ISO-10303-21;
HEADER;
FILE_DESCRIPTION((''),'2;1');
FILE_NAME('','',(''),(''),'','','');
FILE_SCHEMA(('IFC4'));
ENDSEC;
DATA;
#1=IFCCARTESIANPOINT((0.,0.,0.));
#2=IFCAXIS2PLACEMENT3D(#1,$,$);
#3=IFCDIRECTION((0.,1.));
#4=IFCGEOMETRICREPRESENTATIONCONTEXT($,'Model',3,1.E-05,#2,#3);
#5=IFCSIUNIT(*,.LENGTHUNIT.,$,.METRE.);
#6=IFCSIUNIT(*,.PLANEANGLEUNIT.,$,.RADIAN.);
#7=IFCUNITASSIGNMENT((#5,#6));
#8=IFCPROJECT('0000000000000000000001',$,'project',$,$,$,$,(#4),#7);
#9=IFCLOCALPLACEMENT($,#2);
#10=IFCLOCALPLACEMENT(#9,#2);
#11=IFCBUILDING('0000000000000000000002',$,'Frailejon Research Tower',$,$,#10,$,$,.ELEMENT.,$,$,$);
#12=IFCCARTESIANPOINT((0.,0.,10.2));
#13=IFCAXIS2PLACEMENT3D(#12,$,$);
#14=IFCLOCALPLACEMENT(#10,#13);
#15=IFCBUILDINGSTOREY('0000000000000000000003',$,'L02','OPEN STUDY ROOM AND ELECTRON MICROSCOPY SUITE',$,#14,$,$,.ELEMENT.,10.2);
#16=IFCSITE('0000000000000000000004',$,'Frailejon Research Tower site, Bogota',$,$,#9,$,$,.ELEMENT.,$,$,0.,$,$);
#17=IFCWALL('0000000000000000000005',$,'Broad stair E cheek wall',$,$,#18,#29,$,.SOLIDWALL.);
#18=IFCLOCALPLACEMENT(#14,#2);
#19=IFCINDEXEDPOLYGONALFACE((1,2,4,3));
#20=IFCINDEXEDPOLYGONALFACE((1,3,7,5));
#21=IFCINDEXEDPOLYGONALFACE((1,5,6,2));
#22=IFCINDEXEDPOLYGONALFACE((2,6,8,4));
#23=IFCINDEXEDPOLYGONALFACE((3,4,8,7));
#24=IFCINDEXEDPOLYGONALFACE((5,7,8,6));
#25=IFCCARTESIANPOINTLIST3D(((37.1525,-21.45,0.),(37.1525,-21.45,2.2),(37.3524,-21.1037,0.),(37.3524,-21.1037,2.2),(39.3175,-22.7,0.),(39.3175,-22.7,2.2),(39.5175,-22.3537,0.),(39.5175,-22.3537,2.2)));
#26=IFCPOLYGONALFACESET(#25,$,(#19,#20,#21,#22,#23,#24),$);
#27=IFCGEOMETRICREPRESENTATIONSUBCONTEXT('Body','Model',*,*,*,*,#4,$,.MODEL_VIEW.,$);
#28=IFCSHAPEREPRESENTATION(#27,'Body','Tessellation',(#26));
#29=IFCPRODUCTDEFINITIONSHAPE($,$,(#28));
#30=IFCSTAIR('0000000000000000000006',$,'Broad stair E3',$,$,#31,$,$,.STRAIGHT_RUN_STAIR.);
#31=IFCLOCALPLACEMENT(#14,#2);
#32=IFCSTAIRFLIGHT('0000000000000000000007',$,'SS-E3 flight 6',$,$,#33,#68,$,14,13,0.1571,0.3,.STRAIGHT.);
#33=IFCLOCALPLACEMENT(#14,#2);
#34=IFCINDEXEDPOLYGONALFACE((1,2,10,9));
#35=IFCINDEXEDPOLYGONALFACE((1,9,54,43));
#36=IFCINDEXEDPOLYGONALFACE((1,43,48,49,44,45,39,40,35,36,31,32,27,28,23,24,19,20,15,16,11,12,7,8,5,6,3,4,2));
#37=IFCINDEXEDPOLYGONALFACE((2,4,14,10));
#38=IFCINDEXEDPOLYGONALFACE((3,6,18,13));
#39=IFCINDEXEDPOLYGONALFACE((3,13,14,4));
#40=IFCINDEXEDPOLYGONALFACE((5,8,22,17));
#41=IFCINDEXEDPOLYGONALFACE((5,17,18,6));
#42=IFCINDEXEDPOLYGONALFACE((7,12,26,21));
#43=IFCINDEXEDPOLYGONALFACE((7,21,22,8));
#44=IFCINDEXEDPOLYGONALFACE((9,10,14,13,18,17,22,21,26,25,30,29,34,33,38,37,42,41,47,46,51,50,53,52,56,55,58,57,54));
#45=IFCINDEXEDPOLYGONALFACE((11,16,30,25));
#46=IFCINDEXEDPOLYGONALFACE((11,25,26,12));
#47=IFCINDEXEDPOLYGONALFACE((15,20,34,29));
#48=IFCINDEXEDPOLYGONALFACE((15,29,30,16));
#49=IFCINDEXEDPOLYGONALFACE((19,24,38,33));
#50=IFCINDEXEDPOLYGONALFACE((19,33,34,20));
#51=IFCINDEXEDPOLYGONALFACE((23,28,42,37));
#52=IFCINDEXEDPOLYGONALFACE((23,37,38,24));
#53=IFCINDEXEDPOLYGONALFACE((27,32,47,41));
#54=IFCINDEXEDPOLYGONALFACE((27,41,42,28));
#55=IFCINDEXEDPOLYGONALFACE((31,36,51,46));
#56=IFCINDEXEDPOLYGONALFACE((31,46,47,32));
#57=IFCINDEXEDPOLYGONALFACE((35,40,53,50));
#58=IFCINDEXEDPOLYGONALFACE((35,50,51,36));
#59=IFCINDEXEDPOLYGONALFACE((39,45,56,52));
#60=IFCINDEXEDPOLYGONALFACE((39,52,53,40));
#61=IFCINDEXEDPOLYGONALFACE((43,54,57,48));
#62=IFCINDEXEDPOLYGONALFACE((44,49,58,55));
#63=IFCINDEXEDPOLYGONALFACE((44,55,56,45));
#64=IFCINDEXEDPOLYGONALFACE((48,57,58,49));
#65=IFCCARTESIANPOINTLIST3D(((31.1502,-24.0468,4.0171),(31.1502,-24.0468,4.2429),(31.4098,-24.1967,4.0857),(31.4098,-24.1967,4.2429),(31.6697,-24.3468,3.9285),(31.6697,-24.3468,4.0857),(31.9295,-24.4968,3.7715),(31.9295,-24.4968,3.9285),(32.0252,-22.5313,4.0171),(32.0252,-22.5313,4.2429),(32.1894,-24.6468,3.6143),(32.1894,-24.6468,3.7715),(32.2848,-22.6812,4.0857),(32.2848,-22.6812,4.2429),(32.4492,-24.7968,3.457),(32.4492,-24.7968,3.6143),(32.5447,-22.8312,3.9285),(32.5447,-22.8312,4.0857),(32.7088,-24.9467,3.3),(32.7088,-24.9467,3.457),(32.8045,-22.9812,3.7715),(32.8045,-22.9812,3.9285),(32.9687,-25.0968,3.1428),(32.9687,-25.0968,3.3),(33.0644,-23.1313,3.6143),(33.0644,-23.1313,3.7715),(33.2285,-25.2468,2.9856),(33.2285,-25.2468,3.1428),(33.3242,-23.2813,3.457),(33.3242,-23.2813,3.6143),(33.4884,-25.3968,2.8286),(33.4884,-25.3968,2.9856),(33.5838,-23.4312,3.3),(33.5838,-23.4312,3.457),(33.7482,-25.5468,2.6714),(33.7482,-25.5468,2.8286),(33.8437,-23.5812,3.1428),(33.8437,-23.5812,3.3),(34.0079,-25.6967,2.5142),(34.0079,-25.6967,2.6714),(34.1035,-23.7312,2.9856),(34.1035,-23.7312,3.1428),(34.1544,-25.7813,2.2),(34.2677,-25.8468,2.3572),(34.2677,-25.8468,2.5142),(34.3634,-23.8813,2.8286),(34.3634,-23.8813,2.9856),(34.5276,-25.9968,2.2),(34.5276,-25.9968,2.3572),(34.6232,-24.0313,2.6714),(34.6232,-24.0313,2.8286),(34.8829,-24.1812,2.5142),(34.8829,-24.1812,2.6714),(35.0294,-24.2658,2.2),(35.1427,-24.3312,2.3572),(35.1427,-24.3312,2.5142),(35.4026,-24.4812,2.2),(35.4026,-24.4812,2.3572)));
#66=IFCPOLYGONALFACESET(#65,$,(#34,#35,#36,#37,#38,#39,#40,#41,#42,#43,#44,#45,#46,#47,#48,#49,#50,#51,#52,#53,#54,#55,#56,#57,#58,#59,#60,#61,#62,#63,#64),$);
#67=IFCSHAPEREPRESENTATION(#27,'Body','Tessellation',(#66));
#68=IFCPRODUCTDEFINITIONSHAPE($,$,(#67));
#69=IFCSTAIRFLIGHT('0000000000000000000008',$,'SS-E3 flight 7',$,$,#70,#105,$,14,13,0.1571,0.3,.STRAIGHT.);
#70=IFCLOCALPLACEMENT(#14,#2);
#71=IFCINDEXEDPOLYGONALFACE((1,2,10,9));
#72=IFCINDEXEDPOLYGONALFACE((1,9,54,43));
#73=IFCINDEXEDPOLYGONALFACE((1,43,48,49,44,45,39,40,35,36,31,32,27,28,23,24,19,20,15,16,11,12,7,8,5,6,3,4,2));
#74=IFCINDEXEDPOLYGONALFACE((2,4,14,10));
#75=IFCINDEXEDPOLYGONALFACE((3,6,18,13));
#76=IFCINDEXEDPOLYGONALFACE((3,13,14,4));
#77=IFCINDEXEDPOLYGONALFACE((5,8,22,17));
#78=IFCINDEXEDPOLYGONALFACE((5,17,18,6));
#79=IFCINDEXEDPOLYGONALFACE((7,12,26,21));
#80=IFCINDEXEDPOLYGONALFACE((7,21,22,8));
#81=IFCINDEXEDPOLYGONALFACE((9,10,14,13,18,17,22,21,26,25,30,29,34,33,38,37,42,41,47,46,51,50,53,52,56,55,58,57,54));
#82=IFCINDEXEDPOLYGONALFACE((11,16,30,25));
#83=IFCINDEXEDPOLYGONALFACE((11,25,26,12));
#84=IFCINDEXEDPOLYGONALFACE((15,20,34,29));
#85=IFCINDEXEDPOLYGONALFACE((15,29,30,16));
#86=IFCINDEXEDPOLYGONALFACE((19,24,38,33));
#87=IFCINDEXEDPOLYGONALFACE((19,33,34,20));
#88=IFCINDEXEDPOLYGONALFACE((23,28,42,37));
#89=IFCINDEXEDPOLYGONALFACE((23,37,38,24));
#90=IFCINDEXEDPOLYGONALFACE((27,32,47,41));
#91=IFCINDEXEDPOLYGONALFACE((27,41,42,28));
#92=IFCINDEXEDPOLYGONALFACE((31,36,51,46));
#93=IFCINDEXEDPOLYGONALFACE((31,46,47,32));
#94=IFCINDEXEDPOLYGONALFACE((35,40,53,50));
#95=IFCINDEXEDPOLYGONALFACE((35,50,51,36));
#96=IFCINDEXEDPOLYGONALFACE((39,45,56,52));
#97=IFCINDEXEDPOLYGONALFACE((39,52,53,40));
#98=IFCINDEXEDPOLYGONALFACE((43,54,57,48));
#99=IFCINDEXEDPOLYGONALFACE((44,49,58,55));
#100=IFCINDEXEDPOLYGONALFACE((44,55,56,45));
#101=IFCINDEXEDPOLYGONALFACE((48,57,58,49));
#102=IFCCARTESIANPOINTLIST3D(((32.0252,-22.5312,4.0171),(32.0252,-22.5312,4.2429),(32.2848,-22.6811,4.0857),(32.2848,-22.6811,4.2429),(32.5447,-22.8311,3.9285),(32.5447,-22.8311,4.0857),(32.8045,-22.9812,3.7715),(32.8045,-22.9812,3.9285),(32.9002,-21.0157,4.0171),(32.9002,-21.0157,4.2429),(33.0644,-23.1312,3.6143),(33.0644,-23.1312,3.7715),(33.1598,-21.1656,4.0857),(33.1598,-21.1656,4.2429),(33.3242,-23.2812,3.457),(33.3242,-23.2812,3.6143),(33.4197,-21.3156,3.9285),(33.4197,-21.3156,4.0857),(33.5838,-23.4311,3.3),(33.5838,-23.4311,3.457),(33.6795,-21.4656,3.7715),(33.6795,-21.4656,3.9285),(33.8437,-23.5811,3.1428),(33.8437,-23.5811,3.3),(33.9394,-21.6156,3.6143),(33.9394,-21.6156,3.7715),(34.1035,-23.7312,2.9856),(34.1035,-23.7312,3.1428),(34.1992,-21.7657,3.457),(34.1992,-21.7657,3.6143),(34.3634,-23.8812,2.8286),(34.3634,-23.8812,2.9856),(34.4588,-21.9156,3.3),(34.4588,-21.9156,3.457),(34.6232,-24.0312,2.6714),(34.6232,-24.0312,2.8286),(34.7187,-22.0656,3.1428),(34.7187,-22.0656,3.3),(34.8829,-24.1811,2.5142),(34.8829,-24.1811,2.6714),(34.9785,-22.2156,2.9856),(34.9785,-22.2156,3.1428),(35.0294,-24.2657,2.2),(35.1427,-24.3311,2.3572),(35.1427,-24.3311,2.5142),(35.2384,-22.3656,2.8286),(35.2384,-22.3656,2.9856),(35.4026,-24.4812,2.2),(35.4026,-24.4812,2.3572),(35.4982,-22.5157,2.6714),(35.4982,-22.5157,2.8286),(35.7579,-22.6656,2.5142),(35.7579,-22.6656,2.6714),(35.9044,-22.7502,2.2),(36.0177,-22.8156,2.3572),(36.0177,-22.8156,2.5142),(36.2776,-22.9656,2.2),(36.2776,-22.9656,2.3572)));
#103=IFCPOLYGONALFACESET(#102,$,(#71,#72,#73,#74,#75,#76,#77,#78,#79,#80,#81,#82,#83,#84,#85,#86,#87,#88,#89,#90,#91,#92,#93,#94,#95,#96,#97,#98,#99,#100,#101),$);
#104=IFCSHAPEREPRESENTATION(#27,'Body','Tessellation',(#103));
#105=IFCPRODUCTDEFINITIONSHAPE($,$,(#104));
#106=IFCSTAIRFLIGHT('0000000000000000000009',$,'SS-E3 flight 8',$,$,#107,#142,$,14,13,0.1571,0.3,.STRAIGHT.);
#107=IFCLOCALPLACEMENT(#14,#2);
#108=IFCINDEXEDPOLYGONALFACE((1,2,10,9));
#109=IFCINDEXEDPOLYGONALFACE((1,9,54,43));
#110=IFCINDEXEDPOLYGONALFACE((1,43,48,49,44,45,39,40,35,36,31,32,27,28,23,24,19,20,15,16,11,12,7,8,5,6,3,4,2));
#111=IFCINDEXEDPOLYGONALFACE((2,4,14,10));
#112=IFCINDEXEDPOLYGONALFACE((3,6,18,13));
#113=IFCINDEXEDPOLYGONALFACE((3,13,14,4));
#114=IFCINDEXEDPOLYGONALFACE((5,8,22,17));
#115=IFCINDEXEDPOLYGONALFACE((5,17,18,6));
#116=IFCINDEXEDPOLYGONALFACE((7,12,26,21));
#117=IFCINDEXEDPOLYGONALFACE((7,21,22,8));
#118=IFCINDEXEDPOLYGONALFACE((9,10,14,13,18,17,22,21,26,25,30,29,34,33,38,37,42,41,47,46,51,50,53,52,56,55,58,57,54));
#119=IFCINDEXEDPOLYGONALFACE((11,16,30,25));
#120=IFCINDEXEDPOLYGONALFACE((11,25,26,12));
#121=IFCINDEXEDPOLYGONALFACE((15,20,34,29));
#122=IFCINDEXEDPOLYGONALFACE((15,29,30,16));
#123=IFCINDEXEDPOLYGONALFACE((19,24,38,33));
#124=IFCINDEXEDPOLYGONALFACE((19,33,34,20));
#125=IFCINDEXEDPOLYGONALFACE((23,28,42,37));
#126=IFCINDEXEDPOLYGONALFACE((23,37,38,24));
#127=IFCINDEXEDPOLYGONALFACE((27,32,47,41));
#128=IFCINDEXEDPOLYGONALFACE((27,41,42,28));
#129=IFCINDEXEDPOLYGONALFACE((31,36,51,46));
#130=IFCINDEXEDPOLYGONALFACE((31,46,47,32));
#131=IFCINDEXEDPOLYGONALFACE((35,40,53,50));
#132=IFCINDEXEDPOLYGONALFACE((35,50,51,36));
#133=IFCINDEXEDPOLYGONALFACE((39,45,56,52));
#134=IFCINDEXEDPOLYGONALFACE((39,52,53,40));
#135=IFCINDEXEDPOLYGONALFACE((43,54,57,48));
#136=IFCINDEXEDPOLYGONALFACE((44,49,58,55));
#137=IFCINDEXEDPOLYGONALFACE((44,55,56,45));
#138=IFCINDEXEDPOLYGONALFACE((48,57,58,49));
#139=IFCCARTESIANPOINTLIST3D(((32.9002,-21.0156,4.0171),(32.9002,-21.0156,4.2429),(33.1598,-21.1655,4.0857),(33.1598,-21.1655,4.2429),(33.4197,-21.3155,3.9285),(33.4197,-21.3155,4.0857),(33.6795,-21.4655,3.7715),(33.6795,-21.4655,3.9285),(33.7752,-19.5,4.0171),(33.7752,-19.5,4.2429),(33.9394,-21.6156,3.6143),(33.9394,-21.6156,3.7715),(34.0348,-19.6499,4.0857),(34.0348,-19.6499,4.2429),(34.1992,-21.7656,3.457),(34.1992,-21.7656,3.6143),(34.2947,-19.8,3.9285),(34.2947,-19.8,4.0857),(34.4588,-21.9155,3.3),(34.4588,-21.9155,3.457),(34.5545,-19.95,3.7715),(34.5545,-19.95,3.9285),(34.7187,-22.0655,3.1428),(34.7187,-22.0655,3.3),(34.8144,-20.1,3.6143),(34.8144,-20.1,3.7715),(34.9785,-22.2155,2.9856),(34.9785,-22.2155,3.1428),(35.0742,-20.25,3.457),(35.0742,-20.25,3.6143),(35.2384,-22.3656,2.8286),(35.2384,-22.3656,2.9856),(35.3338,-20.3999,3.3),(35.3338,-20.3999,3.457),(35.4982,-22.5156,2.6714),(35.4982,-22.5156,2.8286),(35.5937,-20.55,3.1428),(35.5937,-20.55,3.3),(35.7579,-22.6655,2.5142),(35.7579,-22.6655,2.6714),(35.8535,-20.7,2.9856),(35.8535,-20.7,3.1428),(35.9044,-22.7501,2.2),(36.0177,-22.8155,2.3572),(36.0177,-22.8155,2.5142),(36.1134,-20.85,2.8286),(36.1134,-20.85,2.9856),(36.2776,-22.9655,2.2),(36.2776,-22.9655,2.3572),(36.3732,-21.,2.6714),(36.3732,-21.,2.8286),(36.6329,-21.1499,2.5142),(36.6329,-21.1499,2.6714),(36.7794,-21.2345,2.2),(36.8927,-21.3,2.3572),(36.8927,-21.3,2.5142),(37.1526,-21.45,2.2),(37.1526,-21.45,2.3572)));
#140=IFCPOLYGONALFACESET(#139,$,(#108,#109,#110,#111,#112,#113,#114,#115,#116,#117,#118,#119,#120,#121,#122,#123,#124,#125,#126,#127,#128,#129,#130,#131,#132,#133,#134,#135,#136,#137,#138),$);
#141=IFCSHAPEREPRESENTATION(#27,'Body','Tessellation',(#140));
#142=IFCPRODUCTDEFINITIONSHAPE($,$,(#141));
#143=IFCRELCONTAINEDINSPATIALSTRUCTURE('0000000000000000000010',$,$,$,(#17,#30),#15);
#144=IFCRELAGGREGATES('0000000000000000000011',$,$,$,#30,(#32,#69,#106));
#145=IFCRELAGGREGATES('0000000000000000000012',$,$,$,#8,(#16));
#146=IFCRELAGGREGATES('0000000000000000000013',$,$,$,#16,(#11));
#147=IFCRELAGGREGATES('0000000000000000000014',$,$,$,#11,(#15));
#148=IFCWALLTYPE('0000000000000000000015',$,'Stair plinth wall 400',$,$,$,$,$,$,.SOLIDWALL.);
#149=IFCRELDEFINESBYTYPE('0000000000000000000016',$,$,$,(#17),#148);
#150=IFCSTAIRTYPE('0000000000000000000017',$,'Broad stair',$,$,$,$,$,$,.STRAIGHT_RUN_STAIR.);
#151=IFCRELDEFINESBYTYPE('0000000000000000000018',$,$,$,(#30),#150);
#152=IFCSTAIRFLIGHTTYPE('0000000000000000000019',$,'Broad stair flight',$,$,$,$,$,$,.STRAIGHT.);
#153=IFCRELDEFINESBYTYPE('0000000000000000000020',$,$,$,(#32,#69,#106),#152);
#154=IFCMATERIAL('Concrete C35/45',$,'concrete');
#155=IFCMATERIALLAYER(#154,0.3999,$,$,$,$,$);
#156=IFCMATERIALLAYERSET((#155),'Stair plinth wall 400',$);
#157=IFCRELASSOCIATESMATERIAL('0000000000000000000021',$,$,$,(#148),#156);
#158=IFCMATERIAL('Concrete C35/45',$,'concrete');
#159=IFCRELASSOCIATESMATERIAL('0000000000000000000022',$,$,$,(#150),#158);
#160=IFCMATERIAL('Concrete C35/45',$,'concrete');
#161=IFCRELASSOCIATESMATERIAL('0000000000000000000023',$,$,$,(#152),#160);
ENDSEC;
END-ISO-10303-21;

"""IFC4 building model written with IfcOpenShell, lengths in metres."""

from ifc_helpers import new_model, si_unit, direction, frame, frame_2d, origin, place, context, subcontext, project, spatial, polyline, rectangle, outline, extrude, material, layer, layer_set, type_object, element, aggregate, save


model = new_model("IFC4")

# Units and contexts
model_context = context("Model", 3, precision=1e-05, world=origin(), true_north=direction((0.0, 1.0)))
body_context = subcontext(model_context, "Body", "Model", "MODEL_VIEW")
ifc_project = project(units=[si_unit("LENGTHUNIT", "METRE"), si_unit("PLANEANGLEUNIT", "RADIAN")], contexts=[model_context])

# Site, building, storey
site_placement = place(None, origin())
site = spatial("IfcSite", under=ifc_project, at=site_placement, Name="Frailejon Research Tower site, Bogota", CompositionType="ELEMENT", RefElevation=0.0)
building_placement = place(site_placement, origin())
building = spatial("IfcBuilding", under=site, at=building_placement, Name="Frailejon Research Tower", CompositionType="ELEMENT")
storey_placement = place(building_placement, frame((0.0, 0.0, 10.2)))
storey = spatial("IfcBuildingStorey", under=building, at=storey_placement, Name="L02", Description="OPEN STUDY ROOM AND ELECTRON MICROSCOPY SUITE", CompositionType="ELEMENT", Elevation=10.2)

# Wall
ifc_material_1 = material(Name="Concrete C35/45", Category="concrete")
ifc_layer_1 = layer(ifc_material_1, 0.3999)
ifc_layer_set_1 = layer_set([ifc_layer_1], Name="Stair plinth wall 400")
wall_type = type_object("IfcWallType", Name="Stair plinth wall 400", PredefinedType="SOLIDWALL", material=ifc_layer_set_1)
wall_1_placement = place(storey_placement, frame((37.2524, -21.2769, 0.0), z_axis=(0.0, 0.0, 1.0), x_axis=(0.866023, -0.500004, 0.0)))
element("IfcWall", 1, at=wall_1_placement, inside=storey, type_object=wall_type, Name="Broad stair E cheek wall", PredefinedType="SOLIDWALL", context=body_context, shape_type="SweptSolid", body=[
    extrude(rectangle(XDim=2.5, YDim=0.3999, at=frame_2d((1.25, 0.0))), origin(), (0.0, 0.0, 1.0), 2.2),
])

# Stair, stair flights
ifc_material_2 = material(Name="Concrete C35/45", Category="concrete")
stair_type = type_object("IfcStairType", Name="Broad stair", PredefinedType="STRAIGHT_RUN_STAIR", material=ifc_material_2)
stair_placement = place(storey_placement, origin())
stair = element("IfcStair", 2, at=stair_placement, inside=storey, type_object=stair_type, Name="Broad stair E3", PredefinedType="STRAIGHT_RUN_STAIR")
ifc_material_3 = material(Name="Concrete C35/45", Category="concrete")
stair_flight_type = type_object("IfcStairFlightType", Name="Broad stair flight", PredefinedType="STRAIGHT", material=ifc_material_3)
stair_flight_1_placement = place(storey_placement, frame((34.9651, -25.239, 2.2), z_axis=(0.0, 0.0, 1.0), x_axis=(-0.866025, 0.5, 0.0)))
stair_flight_1 = element("IfcStairFlight", 3, at=stair_flight_1_placement, type_object=stair_flight_type, Name="SS-E3 flight 6", NumberOfRisers=14, NumberOfTreads=13, PredefinedType="STRAIGHT", RiserHeight=0.1571, TreadLength=0.3, context=body_context, shape_type="SweptSolid", body=[
    extrude(outline(polyline([(0.0, 0.0), (0.0, 0.1572), (0.3, 0.1572), (0.3, 0.3142), (0.6001, 0.3142), (0.6001, 0.4714), (0.8999, 0.4714), (0.8999, 0.6287), (1.2, 0.6287), (1.2, 0.7856), (1.5, 0.7856), (1.5, 0.9429), (1.8, 0.9429), (1.8, 1.1001), (2.1001, 1.1001), (2.1001, 1.2571), (2.3999, 1.2571), (2.3999, 1.4143), (2.7, 1.4143), (2.7, 1.5715), (3.0, 1.5715), (3.0, 1.7285), (3.3, 1.7285), (3.3, 1.8857), (3.6001, 1.8857), (3.6001, 2.043), (3.8999, 2.043), (3.8999, 2.2), (3.8999, 1.8171), (0.4309, 0.0), (0.0, 0.0)])), frame((0.0, 0.875, 0.0), z_axis=(0.0, -1.0, 0.0), x_axis=(1.0, 0.0, 0.0)), (0.0, 0.0, 1.0), 1.75),
])
stair_flight_2_placement = place(storey_placement, frame((35.8401, -23.7234, 2.2), z_axis=(0.0, 0.0, 1.0), x_axis=(-0.866025, 0.5, 0.0)))
stair_flight_2 = element("IfcStairFlight", 4, at=stair_flight_2_placement, type_object=stair_flight_type, Name="SS-E3 flight 7", NumberOfRisers=14, NumberOfTreads=13, PredefinedType="STRAIGHT", RiserHeight=0.1571, TreadLength=0.3, context=body_context, shape_type="SweptSolid", body=[
    extrude(outline(polyline([(0.0, 0.0), (0.0, 0.1572), (0.3, 0.1572), (0.3, 0.3142), (0.6001, 0.3142), (0.6001, 0.4714), (0.8999, 0.4714), (0.8999, 0.6287), (1.2, 0.6287), (1.2, 0.7856), (1.5, 0.7856), (1.5, 0.9429), (1.8, 0.9429), (1.8, 1.1001), (2.1001, 1.1001), (2.1001, 1.2571), (2.3999, 1.2571), (2.3999, 1.4143), (2.7, 1.4143), (2.7, 1.5715), (3.0, 1.5715), (3.0, 1.7285), (3.3, 1.7285), (3.3, 1.8857), (3.6001, 1.8857), (3.6001, 2.043), (3.8999, 2.043), (3.8999, 2.2), (3.8999, 1.8171), (0.4309, 0.0), (0.0, 0.0)])), frame((0.0, 0.875, 0.0), z_axis=(0.0, -1.0, 0.0), x_axis=(1.0, 0.0, 0.0)), (0.0, 0.0, 1.0), 1.75),
])
stair_flight_3_placement = place(storey_placement, frame((36.7151, -22.2078, 2.2), z_axis=(0.0, 0.0, 1.0), x_axis=(-0.866025, 0.5, 0.0)))
stair_flight_3 = element("IfcStairFlight", 5, at=stair_flight_3_placement, type_object=stair_flight_type, Name="SS-E3 flight 8", NumberOfRisers=14, NumberOfTreads=13, PredefinedType="STRAIGHT", RiserHeight=0.1571, TreadLength=0.3, context=body_context, shape_type="SweptSolid", body=[
    extrude(outline(polyline([(0.0, 0.0), (0.0, 0.1572), (0.3, 0.1572), (0.3, 0.3142), (0.6001, 0.3142), (0.6001, 0.4714), (0.8999, 0.4714), (0.8999, 0.6287), (1.2, 0.6287), (1.2, 0.7856), (1.5, 0.7856), (1.5, 0.9429), (1.8, 0.9429), (1.8, 1.1001), (2.1001, 1.1001), (2.1001, 1.2571), (2.3999, 1.2571), (2.3999, 1.4143), (2.7, 1.4143), (2.7, 1.5715), (3.0, 1.5715), (3.0, 1.7285), (3.3, 1.7285), (3.3, 1.8857), (3.6001, 1.8857), (3.6001, 2.043), (3.8999, 2.043), (3.8999, 2.2), (3.8999, 1.8171), (0.4309, 0.0), (0.0, 0.0)])), frame((0.0, 0.875, 0.0), z_axis=(0.0, -1.0, 0.0), x_axis=(1.0, 0.0, 0.0)), (0.0, 0.0, 1.0), 1.75),
])
aggregate(stair, [stair_flight_1, stair_flight_2, stair_flight_3])

save(model, "model.ifc")
